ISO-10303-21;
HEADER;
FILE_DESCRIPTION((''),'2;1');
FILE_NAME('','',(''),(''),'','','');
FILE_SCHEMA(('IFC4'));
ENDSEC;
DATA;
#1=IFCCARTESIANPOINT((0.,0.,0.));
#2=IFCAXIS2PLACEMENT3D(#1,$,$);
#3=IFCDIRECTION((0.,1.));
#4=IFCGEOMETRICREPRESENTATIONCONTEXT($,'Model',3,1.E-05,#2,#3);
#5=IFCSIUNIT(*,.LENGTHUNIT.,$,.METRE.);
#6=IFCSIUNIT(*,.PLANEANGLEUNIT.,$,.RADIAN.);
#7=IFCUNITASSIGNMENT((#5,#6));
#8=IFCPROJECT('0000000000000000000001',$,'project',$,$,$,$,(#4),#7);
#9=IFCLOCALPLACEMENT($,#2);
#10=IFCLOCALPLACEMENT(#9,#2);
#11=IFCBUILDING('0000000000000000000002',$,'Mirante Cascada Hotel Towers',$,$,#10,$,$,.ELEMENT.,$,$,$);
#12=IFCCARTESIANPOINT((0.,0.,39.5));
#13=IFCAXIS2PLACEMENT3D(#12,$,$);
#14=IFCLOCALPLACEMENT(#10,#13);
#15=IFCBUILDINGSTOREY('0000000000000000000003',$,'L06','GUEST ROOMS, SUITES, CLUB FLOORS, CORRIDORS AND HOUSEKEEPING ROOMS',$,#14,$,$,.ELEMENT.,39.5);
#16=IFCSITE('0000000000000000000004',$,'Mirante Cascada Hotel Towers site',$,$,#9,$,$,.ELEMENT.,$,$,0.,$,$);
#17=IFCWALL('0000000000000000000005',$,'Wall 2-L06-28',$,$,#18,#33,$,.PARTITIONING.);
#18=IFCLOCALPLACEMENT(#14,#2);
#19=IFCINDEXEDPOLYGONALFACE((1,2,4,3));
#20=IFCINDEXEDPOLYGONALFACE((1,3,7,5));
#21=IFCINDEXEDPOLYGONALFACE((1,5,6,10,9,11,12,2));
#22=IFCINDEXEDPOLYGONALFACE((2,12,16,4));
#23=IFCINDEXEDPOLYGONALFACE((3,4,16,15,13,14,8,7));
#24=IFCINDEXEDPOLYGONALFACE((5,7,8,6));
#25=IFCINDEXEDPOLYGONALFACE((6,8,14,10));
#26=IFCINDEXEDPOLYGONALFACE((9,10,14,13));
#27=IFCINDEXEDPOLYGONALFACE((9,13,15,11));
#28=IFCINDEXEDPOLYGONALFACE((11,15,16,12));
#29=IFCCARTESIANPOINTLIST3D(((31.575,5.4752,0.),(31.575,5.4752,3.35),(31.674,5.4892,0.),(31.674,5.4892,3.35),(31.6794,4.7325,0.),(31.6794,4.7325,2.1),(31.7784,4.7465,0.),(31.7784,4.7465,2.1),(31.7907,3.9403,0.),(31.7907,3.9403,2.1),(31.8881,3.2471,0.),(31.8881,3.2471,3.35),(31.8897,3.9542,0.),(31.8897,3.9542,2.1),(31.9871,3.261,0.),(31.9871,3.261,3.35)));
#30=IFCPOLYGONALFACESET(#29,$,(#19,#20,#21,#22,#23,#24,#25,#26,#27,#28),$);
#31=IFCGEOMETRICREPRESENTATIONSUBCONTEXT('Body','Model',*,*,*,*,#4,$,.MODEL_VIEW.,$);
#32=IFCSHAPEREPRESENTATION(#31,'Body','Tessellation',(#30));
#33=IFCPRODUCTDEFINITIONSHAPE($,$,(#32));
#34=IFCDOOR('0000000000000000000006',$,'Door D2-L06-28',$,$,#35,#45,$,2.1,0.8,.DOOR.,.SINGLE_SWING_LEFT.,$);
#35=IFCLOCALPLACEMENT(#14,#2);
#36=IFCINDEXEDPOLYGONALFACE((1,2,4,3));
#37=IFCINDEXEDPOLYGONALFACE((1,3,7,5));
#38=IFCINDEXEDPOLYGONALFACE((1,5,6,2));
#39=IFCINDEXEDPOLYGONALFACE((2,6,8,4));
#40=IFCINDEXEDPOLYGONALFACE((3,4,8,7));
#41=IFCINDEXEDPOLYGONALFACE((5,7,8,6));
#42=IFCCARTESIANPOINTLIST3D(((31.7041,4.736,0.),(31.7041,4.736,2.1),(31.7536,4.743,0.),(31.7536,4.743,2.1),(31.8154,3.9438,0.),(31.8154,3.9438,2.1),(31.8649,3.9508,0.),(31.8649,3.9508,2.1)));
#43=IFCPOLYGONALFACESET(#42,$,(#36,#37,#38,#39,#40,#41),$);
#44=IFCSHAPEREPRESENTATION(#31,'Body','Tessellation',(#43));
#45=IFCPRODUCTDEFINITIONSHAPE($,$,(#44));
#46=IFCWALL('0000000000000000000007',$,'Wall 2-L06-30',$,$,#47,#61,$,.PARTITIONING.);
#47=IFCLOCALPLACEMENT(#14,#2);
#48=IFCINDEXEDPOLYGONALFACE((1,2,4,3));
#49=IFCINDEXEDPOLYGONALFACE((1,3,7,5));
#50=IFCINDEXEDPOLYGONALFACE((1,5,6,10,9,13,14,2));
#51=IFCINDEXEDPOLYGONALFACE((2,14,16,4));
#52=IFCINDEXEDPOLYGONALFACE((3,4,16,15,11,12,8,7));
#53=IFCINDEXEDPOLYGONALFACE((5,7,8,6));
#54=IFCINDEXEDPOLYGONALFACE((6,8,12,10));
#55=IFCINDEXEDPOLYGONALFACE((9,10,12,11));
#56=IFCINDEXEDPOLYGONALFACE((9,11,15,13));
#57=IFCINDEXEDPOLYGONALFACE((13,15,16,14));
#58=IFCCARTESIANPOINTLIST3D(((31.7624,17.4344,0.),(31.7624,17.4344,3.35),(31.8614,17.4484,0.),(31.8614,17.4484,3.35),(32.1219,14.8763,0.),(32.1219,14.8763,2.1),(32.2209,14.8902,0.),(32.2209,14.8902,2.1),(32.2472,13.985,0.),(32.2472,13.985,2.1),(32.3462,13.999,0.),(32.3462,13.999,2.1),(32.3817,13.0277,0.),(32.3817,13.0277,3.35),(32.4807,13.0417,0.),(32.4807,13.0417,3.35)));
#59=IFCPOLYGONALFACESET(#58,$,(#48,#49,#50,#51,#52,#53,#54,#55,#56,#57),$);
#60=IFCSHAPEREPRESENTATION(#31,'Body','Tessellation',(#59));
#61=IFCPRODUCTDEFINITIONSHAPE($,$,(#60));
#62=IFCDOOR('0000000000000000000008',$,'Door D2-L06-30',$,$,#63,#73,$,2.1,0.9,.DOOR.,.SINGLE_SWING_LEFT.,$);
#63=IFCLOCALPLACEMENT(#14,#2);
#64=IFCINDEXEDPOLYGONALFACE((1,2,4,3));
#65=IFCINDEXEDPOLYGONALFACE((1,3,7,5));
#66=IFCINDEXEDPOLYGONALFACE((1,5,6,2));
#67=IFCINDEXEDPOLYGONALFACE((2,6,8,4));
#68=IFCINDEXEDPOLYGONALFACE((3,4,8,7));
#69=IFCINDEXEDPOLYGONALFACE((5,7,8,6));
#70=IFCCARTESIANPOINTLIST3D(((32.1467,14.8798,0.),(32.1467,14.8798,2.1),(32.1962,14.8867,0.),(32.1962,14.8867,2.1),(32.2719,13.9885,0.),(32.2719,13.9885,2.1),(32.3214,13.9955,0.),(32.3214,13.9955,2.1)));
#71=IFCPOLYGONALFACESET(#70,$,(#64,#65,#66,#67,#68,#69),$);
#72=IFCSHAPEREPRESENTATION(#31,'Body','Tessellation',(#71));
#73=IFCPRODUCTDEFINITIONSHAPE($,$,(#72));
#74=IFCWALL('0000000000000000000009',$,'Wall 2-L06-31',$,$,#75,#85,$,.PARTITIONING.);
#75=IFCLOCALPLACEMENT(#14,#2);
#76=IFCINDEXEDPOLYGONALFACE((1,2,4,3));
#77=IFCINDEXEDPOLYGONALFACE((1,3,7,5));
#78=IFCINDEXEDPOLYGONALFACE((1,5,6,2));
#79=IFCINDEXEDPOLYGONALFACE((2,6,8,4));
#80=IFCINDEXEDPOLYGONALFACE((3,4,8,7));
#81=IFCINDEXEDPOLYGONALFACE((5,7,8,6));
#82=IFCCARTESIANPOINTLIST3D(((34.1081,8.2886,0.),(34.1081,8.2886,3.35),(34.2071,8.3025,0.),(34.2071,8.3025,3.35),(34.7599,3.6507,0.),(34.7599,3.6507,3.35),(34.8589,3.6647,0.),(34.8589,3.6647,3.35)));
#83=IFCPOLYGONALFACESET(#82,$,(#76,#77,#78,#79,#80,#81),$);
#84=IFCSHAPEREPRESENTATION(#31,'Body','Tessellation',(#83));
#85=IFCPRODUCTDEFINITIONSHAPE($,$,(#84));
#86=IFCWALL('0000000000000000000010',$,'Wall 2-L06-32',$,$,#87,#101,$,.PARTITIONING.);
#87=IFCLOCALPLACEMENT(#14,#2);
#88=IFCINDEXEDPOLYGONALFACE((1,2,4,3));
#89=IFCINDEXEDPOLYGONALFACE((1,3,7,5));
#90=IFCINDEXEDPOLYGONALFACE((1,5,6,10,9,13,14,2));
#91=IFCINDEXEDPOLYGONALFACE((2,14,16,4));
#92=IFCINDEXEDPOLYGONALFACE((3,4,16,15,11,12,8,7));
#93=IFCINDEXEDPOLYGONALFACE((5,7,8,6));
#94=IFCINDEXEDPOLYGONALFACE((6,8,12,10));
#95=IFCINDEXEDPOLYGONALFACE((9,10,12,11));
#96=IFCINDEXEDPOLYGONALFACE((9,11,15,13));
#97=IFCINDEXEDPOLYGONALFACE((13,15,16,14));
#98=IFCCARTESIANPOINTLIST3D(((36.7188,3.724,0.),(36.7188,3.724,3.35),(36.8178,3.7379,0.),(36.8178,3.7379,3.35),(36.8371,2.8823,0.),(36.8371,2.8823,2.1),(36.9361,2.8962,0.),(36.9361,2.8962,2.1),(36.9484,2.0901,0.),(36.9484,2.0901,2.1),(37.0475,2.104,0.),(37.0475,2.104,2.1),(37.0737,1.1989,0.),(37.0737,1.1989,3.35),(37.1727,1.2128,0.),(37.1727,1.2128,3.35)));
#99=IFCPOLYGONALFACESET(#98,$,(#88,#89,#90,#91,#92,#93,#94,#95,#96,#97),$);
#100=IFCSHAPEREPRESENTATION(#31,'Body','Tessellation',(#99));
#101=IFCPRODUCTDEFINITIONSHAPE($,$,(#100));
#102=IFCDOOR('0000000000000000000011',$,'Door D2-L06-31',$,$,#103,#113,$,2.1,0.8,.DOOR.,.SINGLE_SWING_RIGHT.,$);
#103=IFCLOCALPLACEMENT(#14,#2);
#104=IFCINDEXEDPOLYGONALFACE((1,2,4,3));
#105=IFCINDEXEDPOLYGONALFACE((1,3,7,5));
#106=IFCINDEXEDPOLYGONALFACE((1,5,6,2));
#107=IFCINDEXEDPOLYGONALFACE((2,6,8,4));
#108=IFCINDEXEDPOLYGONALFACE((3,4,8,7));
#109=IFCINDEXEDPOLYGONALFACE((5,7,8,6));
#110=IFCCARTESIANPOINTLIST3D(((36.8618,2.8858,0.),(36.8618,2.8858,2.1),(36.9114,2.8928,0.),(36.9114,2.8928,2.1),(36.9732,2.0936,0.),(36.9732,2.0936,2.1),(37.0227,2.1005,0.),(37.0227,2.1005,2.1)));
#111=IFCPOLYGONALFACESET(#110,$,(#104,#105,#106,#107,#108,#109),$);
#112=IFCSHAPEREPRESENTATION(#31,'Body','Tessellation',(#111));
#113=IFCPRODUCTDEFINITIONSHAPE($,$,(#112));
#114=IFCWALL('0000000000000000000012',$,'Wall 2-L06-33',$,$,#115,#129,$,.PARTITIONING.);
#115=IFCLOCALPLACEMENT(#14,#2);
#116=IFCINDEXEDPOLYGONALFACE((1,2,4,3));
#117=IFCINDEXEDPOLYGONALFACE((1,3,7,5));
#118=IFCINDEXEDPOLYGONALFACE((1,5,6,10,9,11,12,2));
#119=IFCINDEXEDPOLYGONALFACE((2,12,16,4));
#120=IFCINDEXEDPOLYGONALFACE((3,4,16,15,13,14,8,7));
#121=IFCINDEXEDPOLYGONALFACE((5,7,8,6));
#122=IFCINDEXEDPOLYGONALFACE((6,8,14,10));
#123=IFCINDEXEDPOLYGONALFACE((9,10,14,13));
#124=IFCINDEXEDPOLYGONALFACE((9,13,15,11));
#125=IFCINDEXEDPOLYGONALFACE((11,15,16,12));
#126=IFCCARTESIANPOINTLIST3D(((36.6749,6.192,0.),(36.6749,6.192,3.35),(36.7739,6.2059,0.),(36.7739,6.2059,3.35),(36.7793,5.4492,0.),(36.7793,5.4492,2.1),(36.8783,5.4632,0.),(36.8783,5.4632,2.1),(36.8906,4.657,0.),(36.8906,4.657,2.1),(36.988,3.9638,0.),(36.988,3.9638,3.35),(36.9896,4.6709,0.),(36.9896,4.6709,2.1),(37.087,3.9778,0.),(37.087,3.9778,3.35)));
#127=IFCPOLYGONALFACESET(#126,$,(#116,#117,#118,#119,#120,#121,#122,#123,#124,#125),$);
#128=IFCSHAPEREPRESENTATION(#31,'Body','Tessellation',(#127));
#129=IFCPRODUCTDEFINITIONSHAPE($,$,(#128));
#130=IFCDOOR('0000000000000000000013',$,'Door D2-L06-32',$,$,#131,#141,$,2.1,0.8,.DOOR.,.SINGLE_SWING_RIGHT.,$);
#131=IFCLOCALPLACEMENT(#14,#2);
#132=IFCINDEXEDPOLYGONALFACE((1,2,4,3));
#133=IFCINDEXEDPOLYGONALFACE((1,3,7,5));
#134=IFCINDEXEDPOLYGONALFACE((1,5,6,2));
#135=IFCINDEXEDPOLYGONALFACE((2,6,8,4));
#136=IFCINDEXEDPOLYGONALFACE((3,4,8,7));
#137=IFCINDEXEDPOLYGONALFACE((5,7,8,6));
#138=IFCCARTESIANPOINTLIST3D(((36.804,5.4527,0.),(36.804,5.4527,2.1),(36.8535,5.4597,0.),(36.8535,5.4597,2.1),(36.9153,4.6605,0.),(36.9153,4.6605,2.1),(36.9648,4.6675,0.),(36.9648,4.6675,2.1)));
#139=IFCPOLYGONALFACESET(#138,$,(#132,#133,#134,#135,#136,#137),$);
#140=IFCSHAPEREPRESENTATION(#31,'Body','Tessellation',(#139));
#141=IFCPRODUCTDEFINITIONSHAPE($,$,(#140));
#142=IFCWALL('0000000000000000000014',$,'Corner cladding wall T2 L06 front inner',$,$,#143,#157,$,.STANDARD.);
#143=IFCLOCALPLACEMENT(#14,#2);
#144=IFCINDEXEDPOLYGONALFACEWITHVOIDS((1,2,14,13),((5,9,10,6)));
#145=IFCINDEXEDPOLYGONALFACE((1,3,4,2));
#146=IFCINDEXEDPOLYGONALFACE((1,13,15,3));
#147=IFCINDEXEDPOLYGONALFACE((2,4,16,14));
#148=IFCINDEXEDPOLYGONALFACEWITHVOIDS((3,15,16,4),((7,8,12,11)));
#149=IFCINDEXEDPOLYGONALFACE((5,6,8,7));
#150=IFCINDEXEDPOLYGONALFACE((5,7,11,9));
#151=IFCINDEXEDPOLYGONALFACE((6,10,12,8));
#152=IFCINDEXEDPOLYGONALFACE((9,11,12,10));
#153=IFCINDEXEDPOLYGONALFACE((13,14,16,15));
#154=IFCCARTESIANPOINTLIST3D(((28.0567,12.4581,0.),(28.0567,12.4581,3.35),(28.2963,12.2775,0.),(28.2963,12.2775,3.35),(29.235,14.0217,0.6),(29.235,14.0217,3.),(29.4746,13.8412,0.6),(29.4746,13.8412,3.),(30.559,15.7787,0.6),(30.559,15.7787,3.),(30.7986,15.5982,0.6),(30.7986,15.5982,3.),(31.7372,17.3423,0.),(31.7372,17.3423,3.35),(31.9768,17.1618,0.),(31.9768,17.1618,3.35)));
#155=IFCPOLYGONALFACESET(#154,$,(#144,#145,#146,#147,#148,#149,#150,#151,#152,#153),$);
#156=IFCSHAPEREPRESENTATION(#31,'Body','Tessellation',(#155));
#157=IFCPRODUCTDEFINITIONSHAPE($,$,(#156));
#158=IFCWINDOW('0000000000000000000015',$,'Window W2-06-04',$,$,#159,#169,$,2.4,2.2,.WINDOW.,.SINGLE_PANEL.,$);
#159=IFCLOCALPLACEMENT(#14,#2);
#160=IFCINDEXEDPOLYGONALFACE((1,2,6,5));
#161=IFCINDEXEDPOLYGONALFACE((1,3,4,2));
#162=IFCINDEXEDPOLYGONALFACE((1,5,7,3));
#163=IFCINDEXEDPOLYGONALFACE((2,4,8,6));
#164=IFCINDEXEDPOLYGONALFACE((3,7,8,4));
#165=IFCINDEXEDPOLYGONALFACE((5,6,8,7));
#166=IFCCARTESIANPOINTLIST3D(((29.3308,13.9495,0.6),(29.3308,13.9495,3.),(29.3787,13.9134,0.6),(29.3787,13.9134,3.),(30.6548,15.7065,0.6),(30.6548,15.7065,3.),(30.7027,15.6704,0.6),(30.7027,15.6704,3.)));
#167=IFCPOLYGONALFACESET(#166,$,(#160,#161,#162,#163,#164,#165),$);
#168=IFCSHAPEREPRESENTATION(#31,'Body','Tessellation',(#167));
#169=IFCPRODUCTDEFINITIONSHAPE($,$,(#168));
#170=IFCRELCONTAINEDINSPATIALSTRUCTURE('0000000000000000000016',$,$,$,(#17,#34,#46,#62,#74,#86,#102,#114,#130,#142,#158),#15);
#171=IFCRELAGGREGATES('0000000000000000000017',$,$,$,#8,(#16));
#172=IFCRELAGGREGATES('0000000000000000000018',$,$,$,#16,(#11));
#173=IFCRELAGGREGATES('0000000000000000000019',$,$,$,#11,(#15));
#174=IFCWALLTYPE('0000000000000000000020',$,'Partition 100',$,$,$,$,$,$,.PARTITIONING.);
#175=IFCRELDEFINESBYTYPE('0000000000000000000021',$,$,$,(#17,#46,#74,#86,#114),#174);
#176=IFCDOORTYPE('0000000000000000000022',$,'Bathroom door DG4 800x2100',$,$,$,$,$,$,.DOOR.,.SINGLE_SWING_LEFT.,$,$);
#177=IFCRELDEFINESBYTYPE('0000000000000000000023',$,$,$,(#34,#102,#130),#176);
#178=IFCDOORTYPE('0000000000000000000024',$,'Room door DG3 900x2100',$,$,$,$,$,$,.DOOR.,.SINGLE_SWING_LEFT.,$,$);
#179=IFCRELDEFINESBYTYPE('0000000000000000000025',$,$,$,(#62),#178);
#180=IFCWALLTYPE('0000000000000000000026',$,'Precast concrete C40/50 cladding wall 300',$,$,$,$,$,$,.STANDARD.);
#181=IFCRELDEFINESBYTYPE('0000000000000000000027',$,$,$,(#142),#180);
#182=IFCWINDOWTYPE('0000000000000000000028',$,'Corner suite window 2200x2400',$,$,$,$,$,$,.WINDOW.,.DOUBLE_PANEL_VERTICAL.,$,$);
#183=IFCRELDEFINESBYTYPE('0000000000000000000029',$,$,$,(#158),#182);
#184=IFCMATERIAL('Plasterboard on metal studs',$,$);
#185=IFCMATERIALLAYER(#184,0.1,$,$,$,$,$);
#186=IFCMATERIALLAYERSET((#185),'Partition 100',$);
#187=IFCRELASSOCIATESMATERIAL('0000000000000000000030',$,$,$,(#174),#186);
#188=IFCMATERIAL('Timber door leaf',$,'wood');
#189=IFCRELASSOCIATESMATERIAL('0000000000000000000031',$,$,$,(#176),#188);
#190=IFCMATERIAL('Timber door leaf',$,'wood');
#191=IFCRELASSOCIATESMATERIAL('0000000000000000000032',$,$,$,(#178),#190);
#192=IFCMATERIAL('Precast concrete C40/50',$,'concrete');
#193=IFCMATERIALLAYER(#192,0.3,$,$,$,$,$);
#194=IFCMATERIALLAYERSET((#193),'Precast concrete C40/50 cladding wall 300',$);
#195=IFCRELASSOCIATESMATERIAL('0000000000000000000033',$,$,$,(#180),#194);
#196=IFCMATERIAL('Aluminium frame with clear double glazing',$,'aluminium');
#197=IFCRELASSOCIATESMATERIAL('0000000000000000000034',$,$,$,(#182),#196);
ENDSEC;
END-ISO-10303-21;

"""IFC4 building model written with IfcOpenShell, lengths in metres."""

from ifc_helpers import new_model, si_unit, direction, frame, frame_2d, origin, place, context, subcontext, project, spatial, rectangle, extrude, material, layer, layer_set, type_object, element, fill, save


model = new_model("IFC4")

# Units and contexts
model_context = context("Model", 3, precision=1e-05, world=origin(), true_north=direction((0.0, 1.0)))
body_context = subcontext(model_context, "Body", "Model", "MODEL_VIEW")
ifc_project = project(units=[si_unit("LENGTHUNIT", "METRE"), si_unit("PLANEANGLEUNIT", "RADIAN")], contexts=[model_context])

# Site, building, storey
site_placement = place(None, origin())
site = spatial("IfcSite", under=ifc_project, at=site_placement, Name="Mirante Cascada Hotel Towers site", CompositionType="ELEMENT", RefElevation=0.0)
building_placement = place(site_placement, origin())
building = spatial("IfcBuilding", under=site, at=building_placement, Name="Mirante Cascada Hotel Towers", CompositionType="ELEMENT")
storey_placement = place(building_placement, frame((0.0, 0.0, 39.5)))
storey = spatial("IfcBuildingStorey", under=building, at=storey_placement, Name="L06", Description="GUEST ROOMS, SUITES, CLUB FLOORS, CORRIDORS AND HOUSEKEEPING ROOMS", CompositionType="ELEMENT", Elevation=39.5)

# Shared definitions
ifc_material_1 = material(Name="Plasterboard on metal studs")
ifc_layer_1 = layer(ifc_material_1, 0.1)
ifc_layer_set_1 = layer_set([ifc_layer_1], Name="Partition 100")
wall_type_1 = type_object("IfcWallType", Name="Partition 100", PredefinedType="PARTITIONING", material=ifc_layer_set_1)

# Walls, openings, doors
wall_1_placement = place(storey_placement, frame((31.6245, 5.4822, 0.0), z_axis=(0.0, 0.0, 1.0), x_axis=(0.139156, -0.990271, 0.0)))
wall_1 = element("IfcWall", 1, at=wall_1_placement, inside=storey, type_object=wall_type_1, Name="Wall 2-L06-28", PredefinedType="PARTITIONING", context=body_context, shape_type="SweptSolid", body=[
    extrude(rectangle(XDim=2.25, YDim=0.1, at=frame_2d((1.125, 0.0))), origin(), (0.0, 0.0, 1.0), 3.35),
])
opening_1_placement = place(wall_1_placement, frame((0.75, 0.0, 0.0)))
opening_1 = element("IfcOpeningElement", 2, at=opening_1_placement, cuts=wall_1, PredefinedType="OPENING", context=body_context, shape_type="SweptSolid", body=[
    extrude(rectangle(XDim=0.8, YDim=2.1, at=frame_2d((0.4, 1.05))), frame((0.0, 0.05, 0.0), z_axis=(0.0, -1.0, 0.0), x_axis=(1.0, 0.0, 0.0)), (0.0, 0.0, 1.0), 0.1),
])
ifc_material_2 = material(Name="Timber door leaf", Category="wood")
door_type_1 = type_object("IfcDoorType", Name="Bathroom door DG4 800x2100", OperationType="SINGLE_SWING_LEFT", PredefinedType="DOOR", material=ifc_material_2)
door_1_placement = place(opening_1_placement, origin())
door_1 = element("IfcDoor", 3, at=door_1_placement, inside=storey, type_object=door_type_1, Name="Door D2-L06-28", OperationType="SINGLE_SWING_LEFT", OverallHeight=2.1, OverallWidth=0.8, PredefinedType="DOOR", context=body_context, shape_type="SweptSolid", body=[
    extrude(rectangle(XDim=0.8, YDim=2.1, at=frame_2d((0.4, 1.05))), frame((0.0, 0.025, 0.0), z_axis=(0.0, -1.0, 0.0), x_axis=(1.0, 0.0, 0.0)), (0.0, 0.0, 1.0), 0.05),
])
fill(opening_1, door_1)
wall_2_placement = place(storey_placement, frame((31.8119, 17.4414, 0.0), z_axis=(0.0, 0.0, 1.0), x_axis=(0.139168, -0.990269, 0.0)))
wall_2 = element("IfcWall", 4, at=wall_2_placement, inside=storey, type_object=wall_type_1, Name="Wall 2-L06-30", PredefinedType="PARTITIONING", context=body_context, shape_type="SweptSolid", body=[
    extrude(rectangle(XDim=4.45, YDim=0.1, at=frame_2d((2.225, 0.0))), origin(), (0.0, 0.0, 1.0), 3.35),
])
opening_2_placement = place(wall_2_placement, frame((2.5833, 0.0, 0.0)))
opening_2 = element("IfcOpeningElement", 5, at=opening_2_placement, cuts=wall_2, PredefinedType="OPENING", context=body_context, shape_type="SweptSolid", body=[
    extrude(rectangle(XDim=0.9, YDim=2.1, at=frame_2d((0.45, 1.05))), frame((0.0, 0.05, 0.0), z_axis=(0.0, -1.0, 0.0), x_axis=(1.0, 0.0, 0.0)), (0.0, 0.0, 1.0), 0.1),
])
ifc_material_3 = material(Name="Timber door leaf", Category="wood")
door_type_2 = type_object("IfcDoorType", Name="Room door DG3 900x2100", OperationType="SINGLE_SWING_LEFT", PredefinedType="DOOR", material=ifc_material_3)
door_2_placement = place(opening_2_placement, origin())
door_2 = element("IfcDoor", 6, at=door_2_placement, inside=storey, type_object=door_type_2, Name="Door D2-L06-30", OperationType="SINGLE_SWING_LEFT", OverallHeight=2.1, OverallWidth=0.9, PredefinedType="DOOR", context=body_context, shape_type="SweptSolid", body=[
    extrude(rectangle(XDim=0.9, YDim=2.1, at=frame_2d((0.45, 1.05))), frame((0.0, 0.025, 0.0), z_axis=(0.0, -1.0, 0.0), x_axis=(1.0, 0.0, 0.0)), (0.0, 0.0, 1.0), 0.05),
])
fill(opening_2, door_2)

# Wall
wall_3_placement = place(storey_placement, frame((34.8094, 3.6577, 0.0), z_axis=(0.0, 0.0, 1.0), x_axis=(-0.139173, 0.990268, 0.0)))
element("IfcWall", 7, at=wall_3_placement, inside=storey, type_object=wall_type_1, Name="Wall 2-L06-31", PredefinedType="PARTITIONING", context=body_context, shape_type="SweptSolid", body=[
    extrude(rectangle(XDim=4.6834, YDim=0.1, at=frame_2d((2.3417, 0.0))), origin(), (0.0, 0.0, 1.0), 3.35),
])

# Walls, openings, doors
wall_4_placement = place(storey_placement, frame((36.7683, 3.731, 0.0), z_axis=(0.0, 0.0, 1.0), x_axis=(0.139181, -0.990267, 0.0)))
wall_4 = element("IfcWall", 8, at=wall_4_placement, inside=storey, type_object=wall_type_1, Name="Wall 2-L06-32", PredefinedType="PARTITIONING", context=body_context, shape_type="SweptSolid", body=[
    extrude(rectangle(XDim=2.5499, YDim=0.1, at=frame_2d((1.275, 0.0))), origin(), (0.0, 0.0, 1.0), 3.35),
])
opening_3_placement = place(wall_4_placement, frame((0.85, 0.0, 0.0)))
opening_3 = element("IfcOpeningElement", 9, at=opening_3_placement, cuts=wall_4, PredefinedType="OPENING", context=body_context, shape_type="SweptSolid", body=[
    extrude(rectangle(XDim=0.8, YDim=2.1, at=frame_2d((0.4, 1.05))), frame((0.0, 0.05, 0.0), z_axis=(0.0, -1.0, 0.0), x_axis=(1.0, 0.0, 0.0)), (0.0, 0.0, 1.0), 0.1),
])
door_3_placement = place(opening_3_placement, frame((0.8, 0.0, 0.0), z_axis=(0.0, 0.0, 1.0), x_axis=(-1.0, 0.0, 0.0)))
door_3 = element("IfcDoor", 10, at=door_3_placement, inside=storey, type_object=door_type_1, Name="Door D2-L06-31", OperationType="SINGLE_SWING_RIGHT", OverallHeight=2.1, OverallWidth=0.8, PredefinedType="DOOR", context=body_context, shape_type="SweptSolid", body=[
    extrude(rectangle(XDim=0.8, YDim=2.1, at=frame_2d((0.4, 1.05))), frame((0.0, 0.025, 0.0), z_axis=(0.0, -1.0, 0.0), x_axis=(1.0, 0.0, 0.0)), (0.0, 0.0, 1.0), 0.05),
])
fill(opening_3, door_3)
wall_5_placement = place(storey_placement, frame((37.0375, 3.9708, 0.0), z_axis=(0.0, 0.0, 1.0), x_axis=(-0.139156, 0.990271, 0.0)))
wall_5 = element("IfcWall", 11, at=wall_5_placement, inside=storey, type_object=wall_type_1, Name="Wall 2-L06-33", PredefinedType="PARTITIONING", context=body_context, shape_type="SweptSolid", body=[
    extrude(rectangle(XDim=2.25, YDim=0.1, at=frame_2d((1.125, 0.0))), origin(), (0.0, 0.0, 1.0), 3.35),
])
opening_4_placement = place(wall_5_placement, frame((0.7, 0.0, 0.0)))
opening_4 = element("IfcOpeningElement", 12, at=opening_4_placement, cuts=wall_5, PredefinedType="OPENING", context=body_context, shape_type="SweptSolid", body=[
    extrude(rectangle(XDim=0.8, YDim=2.1, at=frame_2d((0.4, 1.05))), frame((0.0, 0.05, 0.0), z_axis=(0.0, -1.0, 0.0), x_axis=(1.0, 0.0, 0.0)), (0.0, 0.0, 1.0), 0.1),
])
door_4_placement = place(opening_4_placement, frame((0.8, 0.0, 0.0), z_axis=(0.0, 0.0, 1.0), x_axis=(-1.0, 0.0, 0.0)))
door_4 = element("IfcDoor", 13, at=door_4_placement, inside=storey, type_object=door_type_1, Name="Door D2-L06-32", OperationType="SINGLE_SWING_RIGHT", OverallHeight=2.1, OverallWidth=0.8, PredefinedType="DOOR", context=body_context, shape_type="SweptSolid", body=[
    extrude(rectangle(XDim=0.8, YDim=2.1, at=frame_2d((0.4, 1.05))), frame((0.0, 0.025, 0.0), z_axis=(0.0, -1.0, 0.0), x_axis=(1.0, 0.0, 0.0)), (0.0, 0.0, 1.0), 0.05),
])
fill(opening_4, door_4)

# Wall, opening, window
ifc_material_4 = material(Name="Precast concrete C40/50", Category="concrete")
ifc_layer_2 = layer(ifc_material_4, 0.3)
ifc_layer_set_2 = layer_set([ifc_layer_2], Name="Precast concrete C40/50 cladding wall 300")
wall_type_2 = type_object("IfcWallType", Name="Precast concrete C40/50 cladding wall 300", PredefinedType="STANDARD", material=ifc_layer_set_2)
wall_6_placement = place(storey_placement, frame((31.857, 17.252, 0.0), z_axis=(0.0, 0.0, 1.0), x_axis=(-0.601814, -0.798636, 0.0)))
wall_6 = element("IfcWall", 14, at=wall_6_placement, inside=storey, type_object=wall_type_2, Name="Corner cladding wall T2 L06 front inner", PredefinedType="STANDARD", context=body_context, shape_type="SweptSolid", body=[
    extrude(rectangle(XDim=6.1157, YDim=0.3, at=frame_2d((3.0578, 0.0))), origin(), (0.0, 0.0, 1.0), 3.35),
])
opening_5_placement = place(wall_6_placement, frame((1.9578, 0.0, 0.6)))
opening_5 = element("IfcOpeningElement", 15, at=opening_5_placement, cuts=wall_6, PredefinedType="OPENING", context=body_context, shape_type="SweptSolid", body=[
    extrude(rectangle(XDim=2.2, YDim=2.4, at=frame_2d((1.1, 1.2))), frame((0.0, 0.15, 0.0), z_axis=(0.0, -1.0, 0.0), x_axis=(1.0, 0.0, 0.0)), (0.0, 0.0, 1.0), 0.3),
])
ifc_material_5 = material(Name="Aluminium frame with clear double glazing", Category="aluminium")
window_type = type_object("IfcWindowType", Name="Corner suite window 2200x2400", PartitioningType="DOUBLE_PANEL_VERTICAL", PredefinedType="WINDOW", material=ifc_material_5)
window_placement = place(opening_5_placement, origin())
window = element("IfcWindow", 16, at=window_placement, inside=storey, type_object=window_type, Name="Window W2-06-04", OverallHeight=2.4, OverallWidth=2.2, PartitioningType="SINGLE_PANEL", PredefinedType="WINDOW", context=body_context, shape_type="SweptSolid", body=[
    extrude(rectangle(XDim=2.2, YDim=2.4, at=frame_2d((1.1, 1.2))), frame((0.0, 0.03, 0.0), z_axis=(0.0, -1.0, 0.0), x_axis=(1.0, 0.0, 0.0)), (0.0, 0.0, 1.0), 0.06),
])
fill(opening_5, window)

save(model, "model.ifc")
